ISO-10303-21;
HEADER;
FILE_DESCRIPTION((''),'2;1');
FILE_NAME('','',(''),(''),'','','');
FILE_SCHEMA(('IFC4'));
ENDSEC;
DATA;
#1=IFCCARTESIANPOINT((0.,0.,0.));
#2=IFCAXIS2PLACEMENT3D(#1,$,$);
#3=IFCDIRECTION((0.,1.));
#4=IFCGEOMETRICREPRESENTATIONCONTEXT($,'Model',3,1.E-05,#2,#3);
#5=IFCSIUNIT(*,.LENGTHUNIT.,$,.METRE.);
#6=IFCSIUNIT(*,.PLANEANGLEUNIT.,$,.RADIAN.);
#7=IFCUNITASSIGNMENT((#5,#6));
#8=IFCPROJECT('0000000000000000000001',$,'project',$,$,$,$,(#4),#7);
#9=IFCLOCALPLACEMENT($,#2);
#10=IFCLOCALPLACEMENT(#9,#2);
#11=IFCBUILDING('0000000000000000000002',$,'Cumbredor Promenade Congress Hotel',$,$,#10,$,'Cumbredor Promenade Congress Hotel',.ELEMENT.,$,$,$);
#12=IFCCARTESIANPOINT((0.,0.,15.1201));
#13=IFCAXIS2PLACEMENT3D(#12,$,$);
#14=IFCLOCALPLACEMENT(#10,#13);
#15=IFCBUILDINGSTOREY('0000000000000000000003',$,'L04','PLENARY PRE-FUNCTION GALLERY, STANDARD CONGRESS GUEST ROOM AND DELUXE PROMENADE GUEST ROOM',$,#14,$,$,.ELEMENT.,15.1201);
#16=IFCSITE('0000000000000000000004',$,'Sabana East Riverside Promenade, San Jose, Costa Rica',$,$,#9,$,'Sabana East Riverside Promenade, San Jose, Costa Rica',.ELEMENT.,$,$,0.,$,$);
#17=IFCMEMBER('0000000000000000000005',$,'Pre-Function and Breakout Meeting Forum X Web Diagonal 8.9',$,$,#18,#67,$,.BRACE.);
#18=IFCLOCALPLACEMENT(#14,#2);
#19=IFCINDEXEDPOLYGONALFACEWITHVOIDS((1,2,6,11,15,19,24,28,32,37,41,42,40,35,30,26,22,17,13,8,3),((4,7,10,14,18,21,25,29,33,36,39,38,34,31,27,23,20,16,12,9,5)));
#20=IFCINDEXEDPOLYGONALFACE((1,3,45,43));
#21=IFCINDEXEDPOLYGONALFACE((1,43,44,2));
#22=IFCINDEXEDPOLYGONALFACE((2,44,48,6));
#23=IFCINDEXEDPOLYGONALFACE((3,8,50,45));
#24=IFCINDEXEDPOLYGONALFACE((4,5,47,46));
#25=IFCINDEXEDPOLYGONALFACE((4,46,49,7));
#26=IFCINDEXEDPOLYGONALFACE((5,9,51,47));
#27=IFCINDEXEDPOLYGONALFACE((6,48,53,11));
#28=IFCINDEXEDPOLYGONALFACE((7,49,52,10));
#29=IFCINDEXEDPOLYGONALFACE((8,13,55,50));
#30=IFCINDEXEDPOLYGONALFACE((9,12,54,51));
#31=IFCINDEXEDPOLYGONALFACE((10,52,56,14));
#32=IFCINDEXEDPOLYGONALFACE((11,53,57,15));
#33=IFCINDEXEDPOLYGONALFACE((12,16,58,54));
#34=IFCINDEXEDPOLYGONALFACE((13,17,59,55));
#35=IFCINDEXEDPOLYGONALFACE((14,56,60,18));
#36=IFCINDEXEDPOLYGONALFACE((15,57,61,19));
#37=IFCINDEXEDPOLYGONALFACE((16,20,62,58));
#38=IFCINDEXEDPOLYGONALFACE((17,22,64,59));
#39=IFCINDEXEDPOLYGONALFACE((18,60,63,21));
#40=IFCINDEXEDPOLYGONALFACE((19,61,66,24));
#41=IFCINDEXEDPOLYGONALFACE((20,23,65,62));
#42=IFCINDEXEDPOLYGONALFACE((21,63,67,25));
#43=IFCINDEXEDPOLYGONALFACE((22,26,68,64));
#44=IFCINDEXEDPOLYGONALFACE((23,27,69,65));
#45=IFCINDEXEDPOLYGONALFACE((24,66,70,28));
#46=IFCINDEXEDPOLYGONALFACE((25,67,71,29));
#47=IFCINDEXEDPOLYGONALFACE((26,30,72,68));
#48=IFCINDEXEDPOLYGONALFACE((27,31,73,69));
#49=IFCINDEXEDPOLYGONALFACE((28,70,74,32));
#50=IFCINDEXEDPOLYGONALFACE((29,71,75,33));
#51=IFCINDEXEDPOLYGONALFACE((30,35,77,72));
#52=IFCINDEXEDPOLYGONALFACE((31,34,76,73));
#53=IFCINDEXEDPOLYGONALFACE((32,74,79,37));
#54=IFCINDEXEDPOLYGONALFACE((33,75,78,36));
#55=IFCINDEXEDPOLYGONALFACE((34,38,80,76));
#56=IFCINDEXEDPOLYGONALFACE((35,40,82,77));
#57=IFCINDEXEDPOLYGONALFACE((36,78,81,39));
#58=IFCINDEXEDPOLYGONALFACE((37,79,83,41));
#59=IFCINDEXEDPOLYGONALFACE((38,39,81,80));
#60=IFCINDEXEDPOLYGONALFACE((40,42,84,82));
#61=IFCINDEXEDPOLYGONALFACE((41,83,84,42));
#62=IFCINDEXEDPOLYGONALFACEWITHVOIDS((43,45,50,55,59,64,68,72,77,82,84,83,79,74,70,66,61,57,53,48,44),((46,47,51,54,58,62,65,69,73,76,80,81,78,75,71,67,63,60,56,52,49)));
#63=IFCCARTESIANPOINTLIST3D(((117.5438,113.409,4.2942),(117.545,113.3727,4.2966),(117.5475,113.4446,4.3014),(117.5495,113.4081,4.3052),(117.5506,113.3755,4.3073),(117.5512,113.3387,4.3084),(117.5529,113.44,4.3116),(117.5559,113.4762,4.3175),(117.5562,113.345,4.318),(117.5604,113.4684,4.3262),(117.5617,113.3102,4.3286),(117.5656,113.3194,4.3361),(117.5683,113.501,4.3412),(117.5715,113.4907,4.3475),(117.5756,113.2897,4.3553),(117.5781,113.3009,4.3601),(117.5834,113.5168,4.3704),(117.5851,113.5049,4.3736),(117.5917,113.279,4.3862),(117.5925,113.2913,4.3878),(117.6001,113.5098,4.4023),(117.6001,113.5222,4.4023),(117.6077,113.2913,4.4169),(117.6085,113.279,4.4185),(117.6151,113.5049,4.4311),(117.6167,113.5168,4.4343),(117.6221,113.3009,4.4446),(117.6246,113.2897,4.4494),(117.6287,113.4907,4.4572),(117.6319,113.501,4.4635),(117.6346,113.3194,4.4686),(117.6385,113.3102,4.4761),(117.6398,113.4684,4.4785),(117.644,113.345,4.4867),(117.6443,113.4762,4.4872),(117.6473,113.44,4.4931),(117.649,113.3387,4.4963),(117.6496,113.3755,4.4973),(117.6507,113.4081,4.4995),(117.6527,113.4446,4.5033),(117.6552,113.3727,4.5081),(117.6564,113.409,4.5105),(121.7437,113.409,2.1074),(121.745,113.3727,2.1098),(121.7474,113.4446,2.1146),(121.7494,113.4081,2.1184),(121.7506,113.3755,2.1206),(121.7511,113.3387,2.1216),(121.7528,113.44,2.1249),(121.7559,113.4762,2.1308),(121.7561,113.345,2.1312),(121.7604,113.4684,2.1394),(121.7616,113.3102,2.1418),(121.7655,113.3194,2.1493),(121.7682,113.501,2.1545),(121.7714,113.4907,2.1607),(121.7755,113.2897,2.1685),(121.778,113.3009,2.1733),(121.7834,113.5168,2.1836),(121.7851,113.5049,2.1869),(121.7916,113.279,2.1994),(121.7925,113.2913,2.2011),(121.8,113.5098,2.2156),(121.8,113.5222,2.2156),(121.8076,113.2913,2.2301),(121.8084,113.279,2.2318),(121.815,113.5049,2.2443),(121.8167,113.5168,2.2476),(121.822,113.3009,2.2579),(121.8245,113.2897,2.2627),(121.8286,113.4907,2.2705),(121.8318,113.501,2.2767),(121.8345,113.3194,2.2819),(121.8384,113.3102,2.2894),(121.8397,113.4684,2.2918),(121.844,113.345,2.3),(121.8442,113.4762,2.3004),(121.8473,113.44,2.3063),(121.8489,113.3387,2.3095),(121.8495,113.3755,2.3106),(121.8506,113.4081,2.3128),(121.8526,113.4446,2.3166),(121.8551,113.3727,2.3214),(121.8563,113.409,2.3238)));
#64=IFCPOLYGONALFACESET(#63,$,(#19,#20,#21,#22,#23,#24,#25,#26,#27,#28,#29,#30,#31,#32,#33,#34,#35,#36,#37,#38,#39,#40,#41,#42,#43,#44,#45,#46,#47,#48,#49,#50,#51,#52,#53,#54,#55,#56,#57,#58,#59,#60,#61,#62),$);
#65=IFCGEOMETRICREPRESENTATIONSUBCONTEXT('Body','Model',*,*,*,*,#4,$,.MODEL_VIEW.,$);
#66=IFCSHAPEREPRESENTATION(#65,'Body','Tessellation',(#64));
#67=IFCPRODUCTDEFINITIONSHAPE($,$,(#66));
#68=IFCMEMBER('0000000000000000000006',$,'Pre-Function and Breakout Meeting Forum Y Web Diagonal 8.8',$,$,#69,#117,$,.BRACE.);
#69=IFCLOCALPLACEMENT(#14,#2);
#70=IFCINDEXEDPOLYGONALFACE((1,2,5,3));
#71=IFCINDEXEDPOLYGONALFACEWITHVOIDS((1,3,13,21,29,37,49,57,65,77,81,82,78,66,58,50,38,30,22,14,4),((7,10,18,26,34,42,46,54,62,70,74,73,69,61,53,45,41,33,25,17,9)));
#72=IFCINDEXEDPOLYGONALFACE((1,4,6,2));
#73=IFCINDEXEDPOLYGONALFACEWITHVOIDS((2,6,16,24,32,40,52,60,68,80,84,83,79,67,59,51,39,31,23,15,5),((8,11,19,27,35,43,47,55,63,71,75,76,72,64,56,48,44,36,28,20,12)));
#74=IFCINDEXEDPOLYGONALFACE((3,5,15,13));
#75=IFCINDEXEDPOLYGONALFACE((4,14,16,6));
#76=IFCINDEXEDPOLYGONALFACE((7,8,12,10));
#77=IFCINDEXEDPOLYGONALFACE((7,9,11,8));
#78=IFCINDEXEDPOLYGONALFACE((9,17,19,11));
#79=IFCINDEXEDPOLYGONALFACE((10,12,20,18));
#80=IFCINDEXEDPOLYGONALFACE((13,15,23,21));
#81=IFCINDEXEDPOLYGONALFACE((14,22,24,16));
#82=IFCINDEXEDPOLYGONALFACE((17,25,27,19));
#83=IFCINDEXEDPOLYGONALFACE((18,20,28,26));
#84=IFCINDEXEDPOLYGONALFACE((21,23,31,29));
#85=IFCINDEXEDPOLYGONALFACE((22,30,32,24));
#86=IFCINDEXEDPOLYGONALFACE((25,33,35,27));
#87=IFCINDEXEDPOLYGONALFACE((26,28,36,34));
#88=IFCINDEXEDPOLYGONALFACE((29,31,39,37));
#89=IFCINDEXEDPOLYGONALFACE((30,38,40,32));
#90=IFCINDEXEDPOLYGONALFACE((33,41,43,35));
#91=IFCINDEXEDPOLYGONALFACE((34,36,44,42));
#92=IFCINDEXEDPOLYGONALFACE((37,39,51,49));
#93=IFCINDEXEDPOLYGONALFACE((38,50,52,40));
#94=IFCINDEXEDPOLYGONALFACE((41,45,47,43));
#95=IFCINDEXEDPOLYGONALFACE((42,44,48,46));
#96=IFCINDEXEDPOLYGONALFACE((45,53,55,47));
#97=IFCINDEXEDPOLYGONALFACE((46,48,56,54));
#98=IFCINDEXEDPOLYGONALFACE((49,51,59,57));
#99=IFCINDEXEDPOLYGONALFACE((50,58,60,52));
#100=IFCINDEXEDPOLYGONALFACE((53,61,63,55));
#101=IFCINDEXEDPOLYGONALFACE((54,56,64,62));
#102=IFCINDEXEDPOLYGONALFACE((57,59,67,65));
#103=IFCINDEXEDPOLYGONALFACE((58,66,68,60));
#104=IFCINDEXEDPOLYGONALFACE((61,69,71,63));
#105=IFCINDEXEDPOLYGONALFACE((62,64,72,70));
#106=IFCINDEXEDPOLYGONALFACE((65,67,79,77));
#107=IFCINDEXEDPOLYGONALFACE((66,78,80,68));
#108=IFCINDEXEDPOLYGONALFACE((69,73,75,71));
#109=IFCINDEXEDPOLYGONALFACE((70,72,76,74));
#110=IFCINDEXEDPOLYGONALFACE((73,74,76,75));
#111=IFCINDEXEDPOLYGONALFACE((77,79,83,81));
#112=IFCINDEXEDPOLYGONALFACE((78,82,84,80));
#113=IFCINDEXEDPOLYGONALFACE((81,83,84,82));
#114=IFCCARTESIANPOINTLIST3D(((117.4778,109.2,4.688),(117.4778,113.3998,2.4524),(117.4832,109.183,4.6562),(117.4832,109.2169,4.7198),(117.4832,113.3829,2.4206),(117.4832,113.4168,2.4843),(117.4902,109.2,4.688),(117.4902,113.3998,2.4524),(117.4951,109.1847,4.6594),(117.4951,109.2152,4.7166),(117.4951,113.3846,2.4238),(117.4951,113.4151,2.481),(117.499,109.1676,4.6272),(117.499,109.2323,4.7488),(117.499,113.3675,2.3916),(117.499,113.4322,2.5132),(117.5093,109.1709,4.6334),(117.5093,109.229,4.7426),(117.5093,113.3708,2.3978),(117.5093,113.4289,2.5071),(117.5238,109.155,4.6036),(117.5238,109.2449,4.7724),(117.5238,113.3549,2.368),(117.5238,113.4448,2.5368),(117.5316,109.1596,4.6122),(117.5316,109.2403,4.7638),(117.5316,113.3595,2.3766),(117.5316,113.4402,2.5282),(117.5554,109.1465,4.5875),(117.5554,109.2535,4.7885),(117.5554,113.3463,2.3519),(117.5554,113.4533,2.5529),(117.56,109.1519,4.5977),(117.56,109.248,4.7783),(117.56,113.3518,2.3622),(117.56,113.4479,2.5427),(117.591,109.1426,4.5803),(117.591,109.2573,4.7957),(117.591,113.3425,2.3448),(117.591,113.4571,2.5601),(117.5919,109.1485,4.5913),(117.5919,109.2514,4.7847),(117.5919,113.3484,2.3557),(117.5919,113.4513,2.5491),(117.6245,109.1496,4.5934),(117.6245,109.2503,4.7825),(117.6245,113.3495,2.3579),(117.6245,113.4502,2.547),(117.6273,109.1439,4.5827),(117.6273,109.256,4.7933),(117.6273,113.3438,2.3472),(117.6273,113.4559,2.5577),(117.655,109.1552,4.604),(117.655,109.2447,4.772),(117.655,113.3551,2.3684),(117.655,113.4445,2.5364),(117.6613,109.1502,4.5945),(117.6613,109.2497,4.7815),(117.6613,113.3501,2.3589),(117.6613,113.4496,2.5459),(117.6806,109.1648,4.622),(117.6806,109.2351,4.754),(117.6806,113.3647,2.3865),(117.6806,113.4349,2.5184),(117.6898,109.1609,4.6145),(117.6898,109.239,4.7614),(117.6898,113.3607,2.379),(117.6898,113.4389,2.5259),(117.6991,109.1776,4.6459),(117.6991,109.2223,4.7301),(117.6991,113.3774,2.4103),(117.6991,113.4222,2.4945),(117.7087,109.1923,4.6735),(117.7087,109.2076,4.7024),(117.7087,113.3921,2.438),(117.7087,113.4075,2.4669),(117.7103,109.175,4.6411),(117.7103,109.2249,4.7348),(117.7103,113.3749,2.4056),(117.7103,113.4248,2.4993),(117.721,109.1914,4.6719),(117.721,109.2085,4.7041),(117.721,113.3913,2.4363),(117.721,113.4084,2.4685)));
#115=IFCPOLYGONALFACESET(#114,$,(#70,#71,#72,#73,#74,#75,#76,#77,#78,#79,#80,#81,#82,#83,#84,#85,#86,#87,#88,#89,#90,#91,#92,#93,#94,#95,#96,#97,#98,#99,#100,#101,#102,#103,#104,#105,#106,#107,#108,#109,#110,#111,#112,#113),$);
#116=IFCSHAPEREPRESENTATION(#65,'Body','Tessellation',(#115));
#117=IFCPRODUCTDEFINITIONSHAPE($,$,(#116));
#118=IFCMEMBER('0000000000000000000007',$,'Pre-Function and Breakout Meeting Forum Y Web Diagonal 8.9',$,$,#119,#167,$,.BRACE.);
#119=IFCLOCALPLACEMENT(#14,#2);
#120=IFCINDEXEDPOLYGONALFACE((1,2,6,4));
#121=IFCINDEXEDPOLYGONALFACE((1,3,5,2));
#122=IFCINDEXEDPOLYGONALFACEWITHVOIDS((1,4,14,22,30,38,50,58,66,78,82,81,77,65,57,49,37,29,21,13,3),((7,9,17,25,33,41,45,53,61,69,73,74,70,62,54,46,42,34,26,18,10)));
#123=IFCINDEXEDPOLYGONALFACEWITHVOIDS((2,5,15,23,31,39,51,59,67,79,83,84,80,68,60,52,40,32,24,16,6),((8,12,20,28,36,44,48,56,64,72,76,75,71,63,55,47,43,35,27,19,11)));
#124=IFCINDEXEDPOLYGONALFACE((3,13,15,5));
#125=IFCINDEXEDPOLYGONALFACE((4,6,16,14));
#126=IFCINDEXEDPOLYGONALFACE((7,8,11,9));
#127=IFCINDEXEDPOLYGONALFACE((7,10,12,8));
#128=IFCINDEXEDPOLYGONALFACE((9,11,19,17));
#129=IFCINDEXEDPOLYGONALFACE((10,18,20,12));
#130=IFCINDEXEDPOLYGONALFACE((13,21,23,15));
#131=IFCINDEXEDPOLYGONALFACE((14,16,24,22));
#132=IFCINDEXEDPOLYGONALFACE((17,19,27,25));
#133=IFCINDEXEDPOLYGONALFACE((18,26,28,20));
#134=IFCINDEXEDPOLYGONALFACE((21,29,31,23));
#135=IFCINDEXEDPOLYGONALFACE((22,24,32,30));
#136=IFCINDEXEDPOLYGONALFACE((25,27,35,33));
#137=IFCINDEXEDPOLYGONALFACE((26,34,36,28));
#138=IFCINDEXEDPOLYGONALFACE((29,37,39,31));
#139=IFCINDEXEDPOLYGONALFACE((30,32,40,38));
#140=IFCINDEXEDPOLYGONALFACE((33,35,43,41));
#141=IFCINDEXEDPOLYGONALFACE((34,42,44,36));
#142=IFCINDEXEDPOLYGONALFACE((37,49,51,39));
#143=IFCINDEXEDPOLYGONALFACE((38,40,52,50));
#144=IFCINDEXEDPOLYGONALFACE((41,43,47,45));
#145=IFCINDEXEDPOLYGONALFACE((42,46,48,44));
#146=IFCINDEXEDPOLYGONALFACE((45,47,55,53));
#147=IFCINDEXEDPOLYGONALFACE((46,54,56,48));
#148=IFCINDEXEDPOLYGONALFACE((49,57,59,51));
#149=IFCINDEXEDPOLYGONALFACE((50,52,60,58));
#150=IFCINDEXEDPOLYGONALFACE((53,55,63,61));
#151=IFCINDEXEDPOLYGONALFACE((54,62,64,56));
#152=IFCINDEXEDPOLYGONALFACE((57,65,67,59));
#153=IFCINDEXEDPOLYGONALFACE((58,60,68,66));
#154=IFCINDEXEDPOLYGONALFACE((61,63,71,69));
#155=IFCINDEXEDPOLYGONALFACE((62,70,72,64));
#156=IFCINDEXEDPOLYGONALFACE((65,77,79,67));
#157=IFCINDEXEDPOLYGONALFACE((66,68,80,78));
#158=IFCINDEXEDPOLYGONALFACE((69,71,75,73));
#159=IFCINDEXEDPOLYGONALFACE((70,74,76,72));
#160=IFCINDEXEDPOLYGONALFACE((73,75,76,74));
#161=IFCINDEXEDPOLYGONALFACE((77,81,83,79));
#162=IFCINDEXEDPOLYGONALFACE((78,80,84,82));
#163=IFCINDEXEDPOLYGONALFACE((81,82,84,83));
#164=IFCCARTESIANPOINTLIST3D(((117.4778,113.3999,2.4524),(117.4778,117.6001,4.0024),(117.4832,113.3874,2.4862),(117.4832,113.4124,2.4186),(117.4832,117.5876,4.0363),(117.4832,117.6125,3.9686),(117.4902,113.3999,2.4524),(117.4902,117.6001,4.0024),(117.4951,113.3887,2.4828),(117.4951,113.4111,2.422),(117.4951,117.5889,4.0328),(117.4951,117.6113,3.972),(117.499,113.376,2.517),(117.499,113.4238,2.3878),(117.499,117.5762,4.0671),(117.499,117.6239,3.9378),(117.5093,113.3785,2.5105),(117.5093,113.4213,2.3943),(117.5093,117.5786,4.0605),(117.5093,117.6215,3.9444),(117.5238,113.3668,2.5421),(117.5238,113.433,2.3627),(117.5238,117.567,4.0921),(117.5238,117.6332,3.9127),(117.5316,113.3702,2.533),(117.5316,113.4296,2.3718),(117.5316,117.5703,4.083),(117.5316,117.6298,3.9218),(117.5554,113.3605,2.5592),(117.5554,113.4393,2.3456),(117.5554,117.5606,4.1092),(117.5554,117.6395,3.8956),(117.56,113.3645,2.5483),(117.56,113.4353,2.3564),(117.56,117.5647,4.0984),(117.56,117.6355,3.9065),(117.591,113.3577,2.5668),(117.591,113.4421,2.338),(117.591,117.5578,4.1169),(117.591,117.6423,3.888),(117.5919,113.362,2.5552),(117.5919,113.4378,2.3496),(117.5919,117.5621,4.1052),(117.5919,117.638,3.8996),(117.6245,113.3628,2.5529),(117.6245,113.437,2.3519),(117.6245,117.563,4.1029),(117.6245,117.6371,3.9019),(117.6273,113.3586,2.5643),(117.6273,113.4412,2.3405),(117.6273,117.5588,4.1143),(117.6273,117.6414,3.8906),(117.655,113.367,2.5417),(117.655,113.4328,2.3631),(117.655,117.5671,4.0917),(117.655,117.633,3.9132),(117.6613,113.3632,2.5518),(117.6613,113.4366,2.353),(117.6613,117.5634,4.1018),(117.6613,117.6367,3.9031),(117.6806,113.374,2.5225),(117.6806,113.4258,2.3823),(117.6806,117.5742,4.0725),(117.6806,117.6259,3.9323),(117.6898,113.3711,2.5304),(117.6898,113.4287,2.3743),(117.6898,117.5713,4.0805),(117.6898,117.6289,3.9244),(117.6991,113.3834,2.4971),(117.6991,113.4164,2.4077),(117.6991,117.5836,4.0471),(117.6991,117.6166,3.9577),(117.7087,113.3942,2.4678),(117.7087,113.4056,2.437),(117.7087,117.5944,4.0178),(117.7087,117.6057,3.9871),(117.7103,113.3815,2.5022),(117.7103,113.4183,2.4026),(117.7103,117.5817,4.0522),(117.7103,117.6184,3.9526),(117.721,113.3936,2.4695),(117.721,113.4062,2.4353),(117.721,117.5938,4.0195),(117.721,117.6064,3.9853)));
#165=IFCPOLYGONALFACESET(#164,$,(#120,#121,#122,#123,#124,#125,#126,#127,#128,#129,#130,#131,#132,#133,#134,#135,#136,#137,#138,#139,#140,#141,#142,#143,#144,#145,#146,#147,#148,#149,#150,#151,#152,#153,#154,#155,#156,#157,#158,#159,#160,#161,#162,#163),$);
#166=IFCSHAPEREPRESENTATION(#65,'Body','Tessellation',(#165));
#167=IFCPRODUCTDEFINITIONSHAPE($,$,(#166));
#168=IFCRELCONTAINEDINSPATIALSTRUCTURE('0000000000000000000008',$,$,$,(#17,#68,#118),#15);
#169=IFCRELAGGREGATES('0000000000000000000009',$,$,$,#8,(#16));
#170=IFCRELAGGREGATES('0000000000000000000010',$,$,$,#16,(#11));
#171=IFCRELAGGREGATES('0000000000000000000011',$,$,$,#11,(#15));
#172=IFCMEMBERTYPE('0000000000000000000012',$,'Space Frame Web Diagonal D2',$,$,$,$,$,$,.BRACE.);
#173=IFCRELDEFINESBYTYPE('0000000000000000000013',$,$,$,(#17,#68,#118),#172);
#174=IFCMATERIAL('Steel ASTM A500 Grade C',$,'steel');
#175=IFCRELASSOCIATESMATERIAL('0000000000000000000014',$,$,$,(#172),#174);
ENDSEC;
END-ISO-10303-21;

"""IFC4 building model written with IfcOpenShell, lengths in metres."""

from ifc_helpers import new_model, si_unit, direction, frame, origin, origin_2d, place, context, subcontext, project, spatial, hollow_circle, extrude, material, material_profile, profile_set, type_object, element, save


model = new_model("IFC4")

# Units and contexts
model_context = context("Model", 3, precision=1e-05, world=origin(), true_north=direction((0.0, 1.0)))
body_context = subcontext(model_context, "Body", "Model", "MODEL_VIEW")
ifc_project = project(units=[si_unit("LENGTHUNIT", "METRE"), si_unit("PLANEANGLEUNIT", "RADIAN")], contexts=[model_context])

# Site, building, storey
site_placement = place(None, origin())
site = spatial("IfcSite", under=ifc_project, at=site_placement, Name="Sabana East Riverside Promenade, San Jose, Costa Rica", LongName="Sabana East Riverside Promenade, San Jose, Costa Rica", CompositionType="ELEMENT", RefElevation=0.0)
building_placement = place(site_placement, origin())
building = spatial("IfcBuilding", under=site, at=building_placement, Name="Cumbredor Promenade Congress Hotel", LongName="Cumbredor Promenade Congress Hotel", CompositionType="ELEMENT")
storey_placement = place(building_placement, frame((0.0, 0.0, 15.1201)))
storey = spatial("IfcBuildingStorey", under=building, at=storey_placement, Name="L04", Description="PLENARY PRE-FUNCTION GALLERY, STANDARD CONGRESS GUEST ROOM AND DELUXE PROMENADE GUEST ROOM", CompositionType="ELEMENT", Elevation=15.1201)

# Members
ifc_material_1 = material(Name="Steel ASTM A500 Grade C", Category="steel")
ifc_material_profile_1 = material_profile(ifc_material_1, hollow_circle(Radius=0.1223, WallThickness=0.0125, at=origin_2d()), Name="CHS 244.5x12.5")
ifc_profile_set_1 = profile_set([ifc_material_profile_1], Name="Steel ASTM A500 Grade C")
member_type_1 = type_object("IfcMemberType", Name="Space Frame Web Diagonal D2", PredefinedType="BRACE", material=ifc_profile_set_1)
member_1_placement = place(storey_placement, frame((117.6001, 113.3999, 4.4023), z_axis=(0.886975, 0.0, -0.461817), x_axis=(0.0, 1.0, 0.0)))
element("IfcMember", 1, at=member_1_placement, inside=storey, type_object=member_type_1, Name="Pre-Function and Breakout Meeting Forum X Web Diagonal 8.9", PredefinedType="BRACE", context=body_context, shape_type="SweptSolid", body=[
    extrude(hollow_circle(Radius=0.1223, WallThickness=0.0125, at=origin_2d()), origin(), (0.0, 0.0, 1.0), 4.7351),
])
member_2_placement = place(storey_placement, frame((117.6001, 109.2, 4.688), z_axis=(0.0, 0.882735, -0.469872), x_axis=(-1.0, 0.0, 0.0)))
element("IfcMember", 2, at=member_2_placement, inside=storey, type_object=member_type_1, Name="Pre-Function and Breakout Meeting Forum Y Web Diagonal 8.8", PredefinedType="BRACE", context=body_context, shape_type="SweptSolid", body=[
    extrude(hollow_circle(Radius=0.1223, WallThickness=0.0125, at=origin_2d()), origin(), (0.0, 0.0, 1.0), 4.7578),
])
member_3_placement = place(storey_placement, frame((117.6001, 113.3999, 2.4524), z_axis=(0.0, 0.938154, 0.346218), x_axis=(-1.0, 0.0, 0.0)))
element("IfcMember", 3, at=member_3_placement, inside=storey, type_object=member_type_1, Name="Pre-Function and Breakout Meeting Forum Y Web Diagonal 8.9", PredefinedType="BRACE", context=body_context, shape_type="SweptSolid", body=[
    extrude(hollow_circle(Radius=0.1223, WallThickness=0.0125, at=origin_2d()), origin(), (0.0, 0.0, 1.0), 4.4771),
])

save(model, "model.ifc")
